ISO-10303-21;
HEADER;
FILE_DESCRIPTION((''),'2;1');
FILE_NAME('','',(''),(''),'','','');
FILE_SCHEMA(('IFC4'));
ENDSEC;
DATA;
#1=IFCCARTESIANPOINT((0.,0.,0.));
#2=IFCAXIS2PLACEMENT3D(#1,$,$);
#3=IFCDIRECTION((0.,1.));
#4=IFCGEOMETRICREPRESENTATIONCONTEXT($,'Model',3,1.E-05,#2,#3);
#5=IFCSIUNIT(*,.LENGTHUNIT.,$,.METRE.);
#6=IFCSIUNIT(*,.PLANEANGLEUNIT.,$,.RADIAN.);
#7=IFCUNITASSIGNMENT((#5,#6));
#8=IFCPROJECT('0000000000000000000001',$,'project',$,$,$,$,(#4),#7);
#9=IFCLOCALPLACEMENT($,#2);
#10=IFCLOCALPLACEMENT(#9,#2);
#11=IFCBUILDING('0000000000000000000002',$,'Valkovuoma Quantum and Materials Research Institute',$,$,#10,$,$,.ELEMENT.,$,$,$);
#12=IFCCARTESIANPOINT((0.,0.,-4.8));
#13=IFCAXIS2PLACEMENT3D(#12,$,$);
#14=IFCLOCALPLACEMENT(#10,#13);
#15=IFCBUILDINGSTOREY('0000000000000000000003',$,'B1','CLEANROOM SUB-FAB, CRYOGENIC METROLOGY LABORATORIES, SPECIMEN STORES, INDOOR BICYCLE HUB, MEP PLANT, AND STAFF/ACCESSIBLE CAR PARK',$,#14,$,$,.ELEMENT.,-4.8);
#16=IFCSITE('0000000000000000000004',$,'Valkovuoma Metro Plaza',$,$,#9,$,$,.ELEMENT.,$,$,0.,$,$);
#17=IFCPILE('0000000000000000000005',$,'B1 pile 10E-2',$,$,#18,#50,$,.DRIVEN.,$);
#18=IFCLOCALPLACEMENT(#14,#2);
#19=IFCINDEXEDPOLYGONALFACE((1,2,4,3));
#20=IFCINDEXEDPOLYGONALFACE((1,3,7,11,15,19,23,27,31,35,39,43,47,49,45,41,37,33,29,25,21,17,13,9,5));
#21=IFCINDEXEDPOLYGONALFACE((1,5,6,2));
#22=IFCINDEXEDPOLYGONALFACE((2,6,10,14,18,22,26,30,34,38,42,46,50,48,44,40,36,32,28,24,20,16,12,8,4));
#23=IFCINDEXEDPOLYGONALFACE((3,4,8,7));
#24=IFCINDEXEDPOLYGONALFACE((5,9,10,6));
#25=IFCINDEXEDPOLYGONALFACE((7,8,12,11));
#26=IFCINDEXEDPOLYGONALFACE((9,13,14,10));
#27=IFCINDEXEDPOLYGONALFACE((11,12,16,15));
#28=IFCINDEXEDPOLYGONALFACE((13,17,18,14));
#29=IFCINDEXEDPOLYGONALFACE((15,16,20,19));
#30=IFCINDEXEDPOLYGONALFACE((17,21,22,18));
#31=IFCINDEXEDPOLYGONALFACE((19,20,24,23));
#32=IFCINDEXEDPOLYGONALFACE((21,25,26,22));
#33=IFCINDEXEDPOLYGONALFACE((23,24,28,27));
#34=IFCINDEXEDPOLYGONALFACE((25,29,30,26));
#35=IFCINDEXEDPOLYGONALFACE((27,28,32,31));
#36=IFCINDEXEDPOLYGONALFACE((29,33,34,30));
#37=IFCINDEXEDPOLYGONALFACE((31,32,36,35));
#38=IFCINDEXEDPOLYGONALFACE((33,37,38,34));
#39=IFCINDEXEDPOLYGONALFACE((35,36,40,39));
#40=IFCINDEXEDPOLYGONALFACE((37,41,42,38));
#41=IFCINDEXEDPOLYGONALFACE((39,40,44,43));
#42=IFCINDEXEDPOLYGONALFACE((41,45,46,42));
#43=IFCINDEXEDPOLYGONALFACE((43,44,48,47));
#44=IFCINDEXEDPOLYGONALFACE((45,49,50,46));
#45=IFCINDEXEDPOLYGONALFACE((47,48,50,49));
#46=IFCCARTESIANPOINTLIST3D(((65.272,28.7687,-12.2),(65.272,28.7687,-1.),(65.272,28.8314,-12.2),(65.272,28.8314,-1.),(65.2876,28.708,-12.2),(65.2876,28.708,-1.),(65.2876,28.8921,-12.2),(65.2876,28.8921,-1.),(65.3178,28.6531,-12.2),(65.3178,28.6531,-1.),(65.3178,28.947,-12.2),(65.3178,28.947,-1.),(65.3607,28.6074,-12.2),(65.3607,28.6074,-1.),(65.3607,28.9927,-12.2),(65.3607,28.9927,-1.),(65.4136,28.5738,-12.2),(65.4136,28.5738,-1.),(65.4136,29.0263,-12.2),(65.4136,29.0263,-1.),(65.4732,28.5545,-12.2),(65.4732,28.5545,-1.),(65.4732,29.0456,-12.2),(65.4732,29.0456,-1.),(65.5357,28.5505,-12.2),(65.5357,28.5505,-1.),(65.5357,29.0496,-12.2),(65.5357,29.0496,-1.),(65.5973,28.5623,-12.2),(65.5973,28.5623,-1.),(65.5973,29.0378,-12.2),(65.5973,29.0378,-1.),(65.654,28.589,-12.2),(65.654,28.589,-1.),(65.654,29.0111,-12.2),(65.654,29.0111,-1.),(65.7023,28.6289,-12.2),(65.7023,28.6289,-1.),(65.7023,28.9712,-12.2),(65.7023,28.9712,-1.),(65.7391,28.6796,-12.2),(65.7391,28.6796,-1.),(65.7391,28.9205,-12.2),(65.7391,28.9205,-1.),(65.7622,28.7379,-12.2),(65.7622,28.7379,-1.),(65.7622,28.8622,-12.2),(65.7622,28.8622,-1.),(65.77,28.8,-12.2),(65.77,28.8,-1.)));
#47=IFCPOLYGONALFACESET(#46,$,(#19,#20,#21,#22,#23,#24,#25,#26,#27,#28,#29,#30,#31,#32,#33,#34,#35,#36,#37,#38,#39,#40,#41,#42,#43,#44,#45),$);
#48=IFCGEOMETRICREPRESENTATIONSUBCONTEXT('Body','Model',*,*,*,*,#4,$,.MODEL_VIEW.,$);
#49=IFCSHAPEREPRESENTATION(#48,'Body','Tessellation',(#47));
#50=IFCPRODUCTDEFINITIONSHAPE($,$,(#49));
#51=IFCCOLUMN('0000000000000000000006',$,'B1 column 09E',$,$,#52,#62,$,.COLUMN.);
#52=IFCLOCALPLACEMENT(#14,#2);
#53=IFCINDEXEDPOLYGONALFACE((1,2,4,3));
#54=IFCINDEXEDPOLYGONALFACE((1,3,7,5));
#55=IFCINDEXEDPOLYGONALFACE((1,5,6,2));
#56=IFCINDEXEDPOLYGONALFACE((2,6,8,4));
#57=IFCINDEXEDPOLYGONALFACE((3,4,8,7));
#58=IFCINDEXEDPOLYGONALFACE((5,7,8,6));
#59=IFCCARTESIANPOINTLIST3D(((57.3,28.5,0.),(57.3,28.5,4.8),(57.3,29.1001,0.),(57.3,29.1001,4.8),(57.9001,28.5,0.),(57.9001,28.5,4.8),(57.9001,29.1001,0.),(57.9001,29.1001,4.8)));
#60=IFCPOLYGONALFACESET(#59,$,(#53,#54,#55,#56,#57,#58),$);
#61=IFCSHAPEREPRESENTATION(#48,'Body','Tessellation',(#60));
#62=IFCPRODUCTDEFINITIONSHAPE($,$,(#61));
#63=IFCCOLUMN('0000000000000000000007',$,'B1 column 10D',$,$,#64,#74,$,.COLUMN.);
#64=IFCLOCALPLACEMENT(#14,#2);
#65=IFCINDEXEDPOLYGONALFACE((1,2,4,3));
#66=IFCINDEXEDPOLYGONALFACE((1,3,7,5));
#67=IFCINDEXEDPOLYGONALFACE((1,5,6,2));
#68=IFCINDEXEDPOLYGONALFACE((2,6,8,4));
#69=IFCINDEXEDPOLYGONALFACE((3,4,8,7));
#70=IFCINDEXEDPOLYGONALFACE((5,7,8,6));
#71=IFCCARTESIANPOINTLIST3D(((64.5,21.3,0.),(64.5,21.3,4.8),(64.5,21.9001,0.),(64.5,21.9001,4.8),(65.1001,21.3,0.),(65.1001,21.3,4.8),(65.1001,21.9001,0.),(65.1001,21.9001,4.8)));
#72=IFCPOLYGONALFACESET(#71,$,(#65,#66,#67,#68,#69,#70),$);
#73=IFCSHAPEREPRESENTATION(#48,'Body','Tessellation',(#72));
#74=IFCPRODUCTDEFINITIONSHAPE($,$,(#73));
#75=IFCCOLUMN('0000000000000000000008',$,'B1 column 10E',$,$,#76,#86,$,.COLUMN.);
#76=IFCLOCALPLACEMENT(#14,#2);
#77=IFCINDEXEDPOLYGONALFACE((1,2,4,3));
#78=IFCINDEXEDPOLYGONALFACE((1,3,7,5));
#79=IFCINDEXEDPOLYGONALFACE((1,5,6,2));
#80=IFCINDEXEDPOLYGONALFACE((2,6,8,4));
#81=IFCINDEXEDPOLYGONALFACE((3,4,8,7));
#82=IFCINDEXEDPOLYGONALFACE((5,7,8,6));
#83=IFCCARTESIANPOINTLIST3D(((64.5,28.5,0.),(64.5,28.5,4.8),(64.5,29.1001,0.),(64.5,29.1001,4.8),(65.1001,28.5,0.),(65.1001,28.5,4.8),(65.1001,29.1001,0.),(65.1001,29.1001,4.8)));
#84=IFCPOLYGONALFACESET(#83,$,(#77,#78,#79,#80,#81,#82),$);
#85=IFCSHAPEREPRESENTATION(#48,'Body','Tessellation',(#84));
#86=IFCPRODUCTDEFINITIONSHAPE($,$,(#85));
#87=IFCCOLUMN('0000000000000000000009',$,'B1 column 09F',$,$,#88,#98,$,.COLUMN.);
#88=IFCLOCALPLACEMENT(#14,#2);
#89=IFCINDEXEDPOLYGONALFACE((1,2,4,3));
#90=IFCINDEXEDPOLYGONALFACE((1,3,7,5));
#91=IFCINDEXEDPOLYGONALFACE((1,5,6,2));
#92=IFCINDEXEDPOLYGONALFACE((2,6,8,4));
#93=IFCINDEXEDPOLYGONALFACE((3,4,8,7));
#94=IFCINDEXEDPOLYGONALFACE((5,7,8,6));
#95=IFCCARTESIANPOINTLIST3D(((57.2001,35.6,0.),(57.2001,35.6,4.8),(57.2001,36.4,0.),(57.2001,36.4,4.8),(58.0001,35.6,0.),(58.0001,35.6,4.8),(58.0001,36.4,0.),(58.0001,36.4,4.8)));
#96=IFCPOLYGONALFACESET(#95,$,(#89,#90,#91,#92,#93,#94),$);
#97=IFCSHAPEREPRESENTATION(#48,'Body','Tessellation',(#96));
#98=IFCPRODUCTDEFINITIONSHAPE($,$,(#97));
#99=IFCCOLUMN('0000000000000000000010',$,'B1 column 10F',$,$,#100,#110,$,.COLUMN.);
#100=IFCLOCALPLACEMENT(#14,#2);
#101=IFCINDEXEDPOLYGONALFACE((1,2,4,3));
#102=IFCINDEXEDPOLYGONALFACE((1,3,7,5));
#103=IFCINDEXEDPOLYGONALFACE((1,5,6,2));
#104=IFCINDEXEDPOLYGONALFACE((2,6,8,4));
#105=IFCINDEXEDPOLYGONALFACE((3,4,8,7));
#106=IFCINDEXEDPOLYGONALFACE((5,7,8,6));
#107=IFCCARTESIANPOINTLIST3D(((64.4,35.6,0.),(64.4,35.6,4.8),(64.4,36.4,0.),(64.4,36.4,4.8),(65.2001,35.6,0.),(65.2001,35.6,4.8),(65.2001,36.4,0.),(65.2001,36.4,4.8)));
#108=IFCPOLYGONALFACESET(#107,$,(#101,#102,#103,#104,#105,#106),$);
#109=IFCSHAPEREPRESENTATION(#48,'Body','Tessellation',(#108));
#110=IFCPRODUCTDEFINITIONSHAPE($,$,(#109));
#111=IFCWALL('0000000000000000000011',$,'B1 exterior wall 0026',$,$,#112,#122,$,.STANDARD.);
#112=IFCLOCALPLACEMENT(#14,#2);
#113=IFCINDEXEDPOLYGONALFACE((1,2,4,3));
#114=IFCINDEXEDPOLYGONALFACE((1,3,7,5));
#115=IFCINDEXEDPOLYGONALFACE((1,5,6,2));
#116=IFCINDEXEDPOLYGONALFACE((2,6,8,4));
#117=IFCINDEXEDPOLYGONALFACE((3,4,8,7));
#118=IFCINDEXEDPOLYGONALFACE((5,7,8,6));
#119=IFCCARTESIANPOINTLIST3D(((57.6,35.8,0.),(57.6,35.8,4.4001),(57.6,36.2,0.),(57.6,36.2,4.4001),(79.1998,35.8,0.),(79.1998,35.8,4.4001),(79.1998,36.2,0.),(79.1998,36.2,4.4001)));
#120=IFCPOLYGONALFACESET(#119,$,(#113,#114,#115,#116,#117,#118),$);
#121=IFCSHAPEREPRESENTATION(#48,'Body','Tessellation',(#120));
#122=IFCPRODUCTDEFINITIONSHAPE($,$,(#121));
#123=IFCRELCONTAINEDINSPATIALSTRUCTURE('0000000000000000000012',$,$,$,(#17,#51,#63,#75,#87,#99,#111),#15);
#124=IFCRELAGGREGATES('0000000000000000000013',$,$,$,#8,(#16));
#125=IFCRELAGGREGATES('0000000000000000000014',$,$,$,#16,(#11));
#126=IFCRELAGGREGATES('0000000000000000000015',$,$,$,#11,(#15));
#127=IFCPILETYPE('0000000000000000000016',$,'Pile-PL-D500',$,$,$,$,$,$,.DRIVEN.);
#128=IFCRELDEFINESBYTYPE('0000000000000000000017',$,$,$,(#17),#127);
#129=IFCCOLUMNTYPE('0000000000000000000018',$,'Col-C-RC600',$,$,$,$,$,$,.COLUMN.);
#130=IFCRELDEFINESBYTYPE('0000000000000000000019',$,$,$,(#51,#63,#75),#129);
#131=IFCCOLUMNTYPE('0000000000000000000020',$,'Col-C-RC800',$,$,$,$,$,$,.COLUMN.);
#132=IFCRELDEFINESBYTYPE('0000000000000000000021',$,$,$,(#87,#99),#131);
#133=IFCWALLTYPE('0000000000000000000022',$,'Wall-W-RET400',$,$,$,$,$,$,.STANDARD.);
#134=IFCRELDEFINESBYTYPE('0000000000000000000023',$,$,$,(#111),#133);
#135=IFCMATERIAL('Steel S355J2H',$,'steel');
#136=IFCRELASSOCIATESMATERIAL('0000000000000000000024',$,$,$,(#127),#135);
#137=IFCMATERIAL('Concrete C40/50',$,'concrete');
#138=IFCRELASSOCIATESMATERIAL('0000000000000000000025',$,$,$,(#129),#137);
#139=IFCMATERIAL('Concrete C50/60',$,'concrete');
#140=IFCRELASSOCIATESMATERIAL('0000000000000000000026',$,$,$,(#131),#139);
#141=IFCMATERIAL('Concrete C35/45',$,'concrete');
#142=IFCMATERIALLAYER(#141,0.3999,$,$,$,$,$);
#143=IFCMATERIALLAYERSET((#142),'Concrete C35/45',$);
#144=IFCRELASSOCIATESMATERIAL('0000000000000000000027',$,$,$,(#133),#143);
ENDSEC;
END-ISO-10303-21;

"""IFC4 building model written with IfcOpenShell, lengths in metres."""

from ifc_helpers import new_model, si_unit, direction, frame, frame_2d, origin, origin_2d, place, context, subcontext, project, spatial, rectangle, circle, extrude, material, layer, layer_set, material_profile, profile_set, type_object, element, save


model = new_model("IFC4")

# Units and contexts
model_context = context("Model", 3, precision=1e-05, world=origin(), true_north=direction((0.0, 1.0)))
body_context = subcontext(model_context, "Body", "Model", "MODEL_VIEW")
ifc_project = project(units=[si_unit("LENGTHUNIT", "METRE"), si_unit("PLANEANGLEUNIT", "RADIAN")], contexts=[model_context])

# Site, building, storey
site_placement = place(None, origin())
site = spatial("IfcSite", under=ifc_project, at=site_placement, Name="Valkovuoma Metro Plaza", CompositionType="ELEMENT", RefElevation=0.0)
building_placement = place(site_placement, origin())
building = spatial("IfcBuilding", under=site, at=building_placement, Name="Valkovuoma Quantum and Materials Research Institute", CompositionType="ELEMENT")
storey_placement = place(building_placement, frame((0.0, 0.0, -4.8)))
storey = spatial("IfcBuildingStorey", under=building, at=storey_placement, Name="B1", Description="CLEANROOM SUB-FAB, CRYOGENIC METROLOGY LABORATORIES, SPECIMEN STORES, INDOOR BICYCLE HUB, MEP PLANT, AND STAFF/ACCESSIBLE CAR PARK", CompositionType="ELEMENT", Elevation=-4.8)

# Pile
ifc_material_1 = material(Name="Steel S355J2H", Category="steel")
ifc_material_profile_1 = material_profile(ifc_material_1, circle(Radius=0.25, at=origin_2d()), Name="Steel S355J2H")
ifc_profile_set_1 = profile_set([ifc_material_profile_1], Name="Steel S355J2H")
pile_type_1 = type_object("IfcPileType", Name="Pile-PL-D500", PredefinedType="DRIVEN", material=ifc_profile_set_1)
for number, where, z_axis, x_axis, name in (
    (1, (65.52, 28.8, -1.0), (0.0, 0.0, -1.0), (1.0, 0.0, 0.0), "B1 pile 10E-2"),
):
    element("IfcPile", number, at=place(storey_placement, frame(where, z_axis=z_axis, x_axis=x_axis)), inside=storey, type_object=pile_type_1, Name=name, PredefinedType="DRIVEN", context=body_context, shape_type="SweptSolid", body=[
        extrude(circle(Radius=0.25, at=origin_2d()), origin(), (0.0, 0.0, 1.0), 11.2),
    ])

# Columns
ifc_material_2 = material(Name="Concrete C40/50", Category="concrete")
ifc_material_profile_2 = material_profile(ifc_material_2, rectangle(XDim=0.6001, YDim=0.6001, at=origin_2d()), Name="Concrete C40/50")
ifc_profile_set_2 = profile_set([ifc_material_profile_2], Name="Concrete C40/50")
column_type_1 = type_object("IfcColumnType", Name="Col-C-RC600", PredefinedType="COLUMN", material=ifc_profile_set_2)
for number, where, z_axis, x_axis, name in (
    (2, (57.6001, 28.8, 0.0), (0.0, 0.0, 1.0), (1.0, 0.0, 0.0), "B1 column 09E"),
    (3, (64.8, 21.6001, 0.0), (0.0, 0.0, 1.0), (1.0, 0.0, 0.0), "B1 column 10D"),
    (4, (64.8, 28.8, 0.0), (0.0, 0.0, 1.0), (1.0, 0.0, 0.0), "B1 column 10E"),
):
    element("IfcColumn", number, at=place(storey_placement, frame(where, z_axis=z_axis, x_axis=x_axis)), inside=storey, type_object=column_type_1, Name=name, PredefinedType="COLUMN", context=body_context, shape_type="SweptSolid", body=[
        extrude(rectangle(XDim=0.6001, YDim=0.6001, at=origin_2d()), origin(), (0.0, 0.0, 1.0), 4.8),
    ])
ifc_material_3 = material(Name="Concrete C50/60", Category="concrete")
ifc_material_profile_3 = material_profile(ifc_material_3, rectangle(XDim=0.8, YDim=0.8, at=origin_2d()), Name="Concrete C50/60")
ifc_profile_set_3 = profile_set([ifc_material_profile_3], Name="Concrete C50/60")
column_type_2 = type_object("IfcColumnType", Name="Col-C-RC800", PredefinedType="COLUMN", material=ifc_profile_set_3)
for number, where, z_axis, x_axis, name in (
    (5, (57.6001, 36.0, 0.0), (0.0, 0.0, 1.0), (1.0, 0.0, 0.0), "B1 column 09F"),
    (6, (64.8, 36.0, 0.0), (0.0, 0.0, 1.0), (1.0, 0.0, 0.0), "B1 column 10F"),
):
    element("IfcColumn", number, at=place(storey_placement, frame(where, z_axis=z_axis, x_axis=x_axis)), inside=storey, type_object=column_type_2, Name=name, PredefinedType="COLUMN", context=body_context, shape_type="SweptSolid", body=[
        extrude(rectangle(XDim=0.8, YDim=0.8, at=origin_2d()), origin(), (0.0, 0.0, 1.0), 4.8),
    ])

# Wall
ifc_material_4 = material(Name="Concrete C35/45", Category="concrete")
ifc_layer = layer(ifc_material_4, 0.3999)
ifc_layer_set = layer_set([ifc_layer], Name="Concrete C35/45")
wall_type = type_object("IfcWallType", Name="Wall-W-RET400", PredefinedType="STANDARD", material=ifc_layer_set)
wall_placement = place(storey_placement, frame((57.6001, 36.0, 0.0), z_axis=(0.0, 0.0, 1.0), x_axis=(1.0, 0.0, 0.0)))
element("IfcWall", 7, at=wall_placement, inside=storey, type_object=wall_type, Name="B1 exterior wall 0026", PredefinedType="STANDARD", context=body_context, shape_type="SweptSolid", body=[
    extrude(rectangle(XDim=21.5999, YDim=0.3999, at=frame_2d((10.7998, 0.0))), origin(), (0.0, 0.0, 1.0), 4.4001),
])

save(model, "model.ifc")
